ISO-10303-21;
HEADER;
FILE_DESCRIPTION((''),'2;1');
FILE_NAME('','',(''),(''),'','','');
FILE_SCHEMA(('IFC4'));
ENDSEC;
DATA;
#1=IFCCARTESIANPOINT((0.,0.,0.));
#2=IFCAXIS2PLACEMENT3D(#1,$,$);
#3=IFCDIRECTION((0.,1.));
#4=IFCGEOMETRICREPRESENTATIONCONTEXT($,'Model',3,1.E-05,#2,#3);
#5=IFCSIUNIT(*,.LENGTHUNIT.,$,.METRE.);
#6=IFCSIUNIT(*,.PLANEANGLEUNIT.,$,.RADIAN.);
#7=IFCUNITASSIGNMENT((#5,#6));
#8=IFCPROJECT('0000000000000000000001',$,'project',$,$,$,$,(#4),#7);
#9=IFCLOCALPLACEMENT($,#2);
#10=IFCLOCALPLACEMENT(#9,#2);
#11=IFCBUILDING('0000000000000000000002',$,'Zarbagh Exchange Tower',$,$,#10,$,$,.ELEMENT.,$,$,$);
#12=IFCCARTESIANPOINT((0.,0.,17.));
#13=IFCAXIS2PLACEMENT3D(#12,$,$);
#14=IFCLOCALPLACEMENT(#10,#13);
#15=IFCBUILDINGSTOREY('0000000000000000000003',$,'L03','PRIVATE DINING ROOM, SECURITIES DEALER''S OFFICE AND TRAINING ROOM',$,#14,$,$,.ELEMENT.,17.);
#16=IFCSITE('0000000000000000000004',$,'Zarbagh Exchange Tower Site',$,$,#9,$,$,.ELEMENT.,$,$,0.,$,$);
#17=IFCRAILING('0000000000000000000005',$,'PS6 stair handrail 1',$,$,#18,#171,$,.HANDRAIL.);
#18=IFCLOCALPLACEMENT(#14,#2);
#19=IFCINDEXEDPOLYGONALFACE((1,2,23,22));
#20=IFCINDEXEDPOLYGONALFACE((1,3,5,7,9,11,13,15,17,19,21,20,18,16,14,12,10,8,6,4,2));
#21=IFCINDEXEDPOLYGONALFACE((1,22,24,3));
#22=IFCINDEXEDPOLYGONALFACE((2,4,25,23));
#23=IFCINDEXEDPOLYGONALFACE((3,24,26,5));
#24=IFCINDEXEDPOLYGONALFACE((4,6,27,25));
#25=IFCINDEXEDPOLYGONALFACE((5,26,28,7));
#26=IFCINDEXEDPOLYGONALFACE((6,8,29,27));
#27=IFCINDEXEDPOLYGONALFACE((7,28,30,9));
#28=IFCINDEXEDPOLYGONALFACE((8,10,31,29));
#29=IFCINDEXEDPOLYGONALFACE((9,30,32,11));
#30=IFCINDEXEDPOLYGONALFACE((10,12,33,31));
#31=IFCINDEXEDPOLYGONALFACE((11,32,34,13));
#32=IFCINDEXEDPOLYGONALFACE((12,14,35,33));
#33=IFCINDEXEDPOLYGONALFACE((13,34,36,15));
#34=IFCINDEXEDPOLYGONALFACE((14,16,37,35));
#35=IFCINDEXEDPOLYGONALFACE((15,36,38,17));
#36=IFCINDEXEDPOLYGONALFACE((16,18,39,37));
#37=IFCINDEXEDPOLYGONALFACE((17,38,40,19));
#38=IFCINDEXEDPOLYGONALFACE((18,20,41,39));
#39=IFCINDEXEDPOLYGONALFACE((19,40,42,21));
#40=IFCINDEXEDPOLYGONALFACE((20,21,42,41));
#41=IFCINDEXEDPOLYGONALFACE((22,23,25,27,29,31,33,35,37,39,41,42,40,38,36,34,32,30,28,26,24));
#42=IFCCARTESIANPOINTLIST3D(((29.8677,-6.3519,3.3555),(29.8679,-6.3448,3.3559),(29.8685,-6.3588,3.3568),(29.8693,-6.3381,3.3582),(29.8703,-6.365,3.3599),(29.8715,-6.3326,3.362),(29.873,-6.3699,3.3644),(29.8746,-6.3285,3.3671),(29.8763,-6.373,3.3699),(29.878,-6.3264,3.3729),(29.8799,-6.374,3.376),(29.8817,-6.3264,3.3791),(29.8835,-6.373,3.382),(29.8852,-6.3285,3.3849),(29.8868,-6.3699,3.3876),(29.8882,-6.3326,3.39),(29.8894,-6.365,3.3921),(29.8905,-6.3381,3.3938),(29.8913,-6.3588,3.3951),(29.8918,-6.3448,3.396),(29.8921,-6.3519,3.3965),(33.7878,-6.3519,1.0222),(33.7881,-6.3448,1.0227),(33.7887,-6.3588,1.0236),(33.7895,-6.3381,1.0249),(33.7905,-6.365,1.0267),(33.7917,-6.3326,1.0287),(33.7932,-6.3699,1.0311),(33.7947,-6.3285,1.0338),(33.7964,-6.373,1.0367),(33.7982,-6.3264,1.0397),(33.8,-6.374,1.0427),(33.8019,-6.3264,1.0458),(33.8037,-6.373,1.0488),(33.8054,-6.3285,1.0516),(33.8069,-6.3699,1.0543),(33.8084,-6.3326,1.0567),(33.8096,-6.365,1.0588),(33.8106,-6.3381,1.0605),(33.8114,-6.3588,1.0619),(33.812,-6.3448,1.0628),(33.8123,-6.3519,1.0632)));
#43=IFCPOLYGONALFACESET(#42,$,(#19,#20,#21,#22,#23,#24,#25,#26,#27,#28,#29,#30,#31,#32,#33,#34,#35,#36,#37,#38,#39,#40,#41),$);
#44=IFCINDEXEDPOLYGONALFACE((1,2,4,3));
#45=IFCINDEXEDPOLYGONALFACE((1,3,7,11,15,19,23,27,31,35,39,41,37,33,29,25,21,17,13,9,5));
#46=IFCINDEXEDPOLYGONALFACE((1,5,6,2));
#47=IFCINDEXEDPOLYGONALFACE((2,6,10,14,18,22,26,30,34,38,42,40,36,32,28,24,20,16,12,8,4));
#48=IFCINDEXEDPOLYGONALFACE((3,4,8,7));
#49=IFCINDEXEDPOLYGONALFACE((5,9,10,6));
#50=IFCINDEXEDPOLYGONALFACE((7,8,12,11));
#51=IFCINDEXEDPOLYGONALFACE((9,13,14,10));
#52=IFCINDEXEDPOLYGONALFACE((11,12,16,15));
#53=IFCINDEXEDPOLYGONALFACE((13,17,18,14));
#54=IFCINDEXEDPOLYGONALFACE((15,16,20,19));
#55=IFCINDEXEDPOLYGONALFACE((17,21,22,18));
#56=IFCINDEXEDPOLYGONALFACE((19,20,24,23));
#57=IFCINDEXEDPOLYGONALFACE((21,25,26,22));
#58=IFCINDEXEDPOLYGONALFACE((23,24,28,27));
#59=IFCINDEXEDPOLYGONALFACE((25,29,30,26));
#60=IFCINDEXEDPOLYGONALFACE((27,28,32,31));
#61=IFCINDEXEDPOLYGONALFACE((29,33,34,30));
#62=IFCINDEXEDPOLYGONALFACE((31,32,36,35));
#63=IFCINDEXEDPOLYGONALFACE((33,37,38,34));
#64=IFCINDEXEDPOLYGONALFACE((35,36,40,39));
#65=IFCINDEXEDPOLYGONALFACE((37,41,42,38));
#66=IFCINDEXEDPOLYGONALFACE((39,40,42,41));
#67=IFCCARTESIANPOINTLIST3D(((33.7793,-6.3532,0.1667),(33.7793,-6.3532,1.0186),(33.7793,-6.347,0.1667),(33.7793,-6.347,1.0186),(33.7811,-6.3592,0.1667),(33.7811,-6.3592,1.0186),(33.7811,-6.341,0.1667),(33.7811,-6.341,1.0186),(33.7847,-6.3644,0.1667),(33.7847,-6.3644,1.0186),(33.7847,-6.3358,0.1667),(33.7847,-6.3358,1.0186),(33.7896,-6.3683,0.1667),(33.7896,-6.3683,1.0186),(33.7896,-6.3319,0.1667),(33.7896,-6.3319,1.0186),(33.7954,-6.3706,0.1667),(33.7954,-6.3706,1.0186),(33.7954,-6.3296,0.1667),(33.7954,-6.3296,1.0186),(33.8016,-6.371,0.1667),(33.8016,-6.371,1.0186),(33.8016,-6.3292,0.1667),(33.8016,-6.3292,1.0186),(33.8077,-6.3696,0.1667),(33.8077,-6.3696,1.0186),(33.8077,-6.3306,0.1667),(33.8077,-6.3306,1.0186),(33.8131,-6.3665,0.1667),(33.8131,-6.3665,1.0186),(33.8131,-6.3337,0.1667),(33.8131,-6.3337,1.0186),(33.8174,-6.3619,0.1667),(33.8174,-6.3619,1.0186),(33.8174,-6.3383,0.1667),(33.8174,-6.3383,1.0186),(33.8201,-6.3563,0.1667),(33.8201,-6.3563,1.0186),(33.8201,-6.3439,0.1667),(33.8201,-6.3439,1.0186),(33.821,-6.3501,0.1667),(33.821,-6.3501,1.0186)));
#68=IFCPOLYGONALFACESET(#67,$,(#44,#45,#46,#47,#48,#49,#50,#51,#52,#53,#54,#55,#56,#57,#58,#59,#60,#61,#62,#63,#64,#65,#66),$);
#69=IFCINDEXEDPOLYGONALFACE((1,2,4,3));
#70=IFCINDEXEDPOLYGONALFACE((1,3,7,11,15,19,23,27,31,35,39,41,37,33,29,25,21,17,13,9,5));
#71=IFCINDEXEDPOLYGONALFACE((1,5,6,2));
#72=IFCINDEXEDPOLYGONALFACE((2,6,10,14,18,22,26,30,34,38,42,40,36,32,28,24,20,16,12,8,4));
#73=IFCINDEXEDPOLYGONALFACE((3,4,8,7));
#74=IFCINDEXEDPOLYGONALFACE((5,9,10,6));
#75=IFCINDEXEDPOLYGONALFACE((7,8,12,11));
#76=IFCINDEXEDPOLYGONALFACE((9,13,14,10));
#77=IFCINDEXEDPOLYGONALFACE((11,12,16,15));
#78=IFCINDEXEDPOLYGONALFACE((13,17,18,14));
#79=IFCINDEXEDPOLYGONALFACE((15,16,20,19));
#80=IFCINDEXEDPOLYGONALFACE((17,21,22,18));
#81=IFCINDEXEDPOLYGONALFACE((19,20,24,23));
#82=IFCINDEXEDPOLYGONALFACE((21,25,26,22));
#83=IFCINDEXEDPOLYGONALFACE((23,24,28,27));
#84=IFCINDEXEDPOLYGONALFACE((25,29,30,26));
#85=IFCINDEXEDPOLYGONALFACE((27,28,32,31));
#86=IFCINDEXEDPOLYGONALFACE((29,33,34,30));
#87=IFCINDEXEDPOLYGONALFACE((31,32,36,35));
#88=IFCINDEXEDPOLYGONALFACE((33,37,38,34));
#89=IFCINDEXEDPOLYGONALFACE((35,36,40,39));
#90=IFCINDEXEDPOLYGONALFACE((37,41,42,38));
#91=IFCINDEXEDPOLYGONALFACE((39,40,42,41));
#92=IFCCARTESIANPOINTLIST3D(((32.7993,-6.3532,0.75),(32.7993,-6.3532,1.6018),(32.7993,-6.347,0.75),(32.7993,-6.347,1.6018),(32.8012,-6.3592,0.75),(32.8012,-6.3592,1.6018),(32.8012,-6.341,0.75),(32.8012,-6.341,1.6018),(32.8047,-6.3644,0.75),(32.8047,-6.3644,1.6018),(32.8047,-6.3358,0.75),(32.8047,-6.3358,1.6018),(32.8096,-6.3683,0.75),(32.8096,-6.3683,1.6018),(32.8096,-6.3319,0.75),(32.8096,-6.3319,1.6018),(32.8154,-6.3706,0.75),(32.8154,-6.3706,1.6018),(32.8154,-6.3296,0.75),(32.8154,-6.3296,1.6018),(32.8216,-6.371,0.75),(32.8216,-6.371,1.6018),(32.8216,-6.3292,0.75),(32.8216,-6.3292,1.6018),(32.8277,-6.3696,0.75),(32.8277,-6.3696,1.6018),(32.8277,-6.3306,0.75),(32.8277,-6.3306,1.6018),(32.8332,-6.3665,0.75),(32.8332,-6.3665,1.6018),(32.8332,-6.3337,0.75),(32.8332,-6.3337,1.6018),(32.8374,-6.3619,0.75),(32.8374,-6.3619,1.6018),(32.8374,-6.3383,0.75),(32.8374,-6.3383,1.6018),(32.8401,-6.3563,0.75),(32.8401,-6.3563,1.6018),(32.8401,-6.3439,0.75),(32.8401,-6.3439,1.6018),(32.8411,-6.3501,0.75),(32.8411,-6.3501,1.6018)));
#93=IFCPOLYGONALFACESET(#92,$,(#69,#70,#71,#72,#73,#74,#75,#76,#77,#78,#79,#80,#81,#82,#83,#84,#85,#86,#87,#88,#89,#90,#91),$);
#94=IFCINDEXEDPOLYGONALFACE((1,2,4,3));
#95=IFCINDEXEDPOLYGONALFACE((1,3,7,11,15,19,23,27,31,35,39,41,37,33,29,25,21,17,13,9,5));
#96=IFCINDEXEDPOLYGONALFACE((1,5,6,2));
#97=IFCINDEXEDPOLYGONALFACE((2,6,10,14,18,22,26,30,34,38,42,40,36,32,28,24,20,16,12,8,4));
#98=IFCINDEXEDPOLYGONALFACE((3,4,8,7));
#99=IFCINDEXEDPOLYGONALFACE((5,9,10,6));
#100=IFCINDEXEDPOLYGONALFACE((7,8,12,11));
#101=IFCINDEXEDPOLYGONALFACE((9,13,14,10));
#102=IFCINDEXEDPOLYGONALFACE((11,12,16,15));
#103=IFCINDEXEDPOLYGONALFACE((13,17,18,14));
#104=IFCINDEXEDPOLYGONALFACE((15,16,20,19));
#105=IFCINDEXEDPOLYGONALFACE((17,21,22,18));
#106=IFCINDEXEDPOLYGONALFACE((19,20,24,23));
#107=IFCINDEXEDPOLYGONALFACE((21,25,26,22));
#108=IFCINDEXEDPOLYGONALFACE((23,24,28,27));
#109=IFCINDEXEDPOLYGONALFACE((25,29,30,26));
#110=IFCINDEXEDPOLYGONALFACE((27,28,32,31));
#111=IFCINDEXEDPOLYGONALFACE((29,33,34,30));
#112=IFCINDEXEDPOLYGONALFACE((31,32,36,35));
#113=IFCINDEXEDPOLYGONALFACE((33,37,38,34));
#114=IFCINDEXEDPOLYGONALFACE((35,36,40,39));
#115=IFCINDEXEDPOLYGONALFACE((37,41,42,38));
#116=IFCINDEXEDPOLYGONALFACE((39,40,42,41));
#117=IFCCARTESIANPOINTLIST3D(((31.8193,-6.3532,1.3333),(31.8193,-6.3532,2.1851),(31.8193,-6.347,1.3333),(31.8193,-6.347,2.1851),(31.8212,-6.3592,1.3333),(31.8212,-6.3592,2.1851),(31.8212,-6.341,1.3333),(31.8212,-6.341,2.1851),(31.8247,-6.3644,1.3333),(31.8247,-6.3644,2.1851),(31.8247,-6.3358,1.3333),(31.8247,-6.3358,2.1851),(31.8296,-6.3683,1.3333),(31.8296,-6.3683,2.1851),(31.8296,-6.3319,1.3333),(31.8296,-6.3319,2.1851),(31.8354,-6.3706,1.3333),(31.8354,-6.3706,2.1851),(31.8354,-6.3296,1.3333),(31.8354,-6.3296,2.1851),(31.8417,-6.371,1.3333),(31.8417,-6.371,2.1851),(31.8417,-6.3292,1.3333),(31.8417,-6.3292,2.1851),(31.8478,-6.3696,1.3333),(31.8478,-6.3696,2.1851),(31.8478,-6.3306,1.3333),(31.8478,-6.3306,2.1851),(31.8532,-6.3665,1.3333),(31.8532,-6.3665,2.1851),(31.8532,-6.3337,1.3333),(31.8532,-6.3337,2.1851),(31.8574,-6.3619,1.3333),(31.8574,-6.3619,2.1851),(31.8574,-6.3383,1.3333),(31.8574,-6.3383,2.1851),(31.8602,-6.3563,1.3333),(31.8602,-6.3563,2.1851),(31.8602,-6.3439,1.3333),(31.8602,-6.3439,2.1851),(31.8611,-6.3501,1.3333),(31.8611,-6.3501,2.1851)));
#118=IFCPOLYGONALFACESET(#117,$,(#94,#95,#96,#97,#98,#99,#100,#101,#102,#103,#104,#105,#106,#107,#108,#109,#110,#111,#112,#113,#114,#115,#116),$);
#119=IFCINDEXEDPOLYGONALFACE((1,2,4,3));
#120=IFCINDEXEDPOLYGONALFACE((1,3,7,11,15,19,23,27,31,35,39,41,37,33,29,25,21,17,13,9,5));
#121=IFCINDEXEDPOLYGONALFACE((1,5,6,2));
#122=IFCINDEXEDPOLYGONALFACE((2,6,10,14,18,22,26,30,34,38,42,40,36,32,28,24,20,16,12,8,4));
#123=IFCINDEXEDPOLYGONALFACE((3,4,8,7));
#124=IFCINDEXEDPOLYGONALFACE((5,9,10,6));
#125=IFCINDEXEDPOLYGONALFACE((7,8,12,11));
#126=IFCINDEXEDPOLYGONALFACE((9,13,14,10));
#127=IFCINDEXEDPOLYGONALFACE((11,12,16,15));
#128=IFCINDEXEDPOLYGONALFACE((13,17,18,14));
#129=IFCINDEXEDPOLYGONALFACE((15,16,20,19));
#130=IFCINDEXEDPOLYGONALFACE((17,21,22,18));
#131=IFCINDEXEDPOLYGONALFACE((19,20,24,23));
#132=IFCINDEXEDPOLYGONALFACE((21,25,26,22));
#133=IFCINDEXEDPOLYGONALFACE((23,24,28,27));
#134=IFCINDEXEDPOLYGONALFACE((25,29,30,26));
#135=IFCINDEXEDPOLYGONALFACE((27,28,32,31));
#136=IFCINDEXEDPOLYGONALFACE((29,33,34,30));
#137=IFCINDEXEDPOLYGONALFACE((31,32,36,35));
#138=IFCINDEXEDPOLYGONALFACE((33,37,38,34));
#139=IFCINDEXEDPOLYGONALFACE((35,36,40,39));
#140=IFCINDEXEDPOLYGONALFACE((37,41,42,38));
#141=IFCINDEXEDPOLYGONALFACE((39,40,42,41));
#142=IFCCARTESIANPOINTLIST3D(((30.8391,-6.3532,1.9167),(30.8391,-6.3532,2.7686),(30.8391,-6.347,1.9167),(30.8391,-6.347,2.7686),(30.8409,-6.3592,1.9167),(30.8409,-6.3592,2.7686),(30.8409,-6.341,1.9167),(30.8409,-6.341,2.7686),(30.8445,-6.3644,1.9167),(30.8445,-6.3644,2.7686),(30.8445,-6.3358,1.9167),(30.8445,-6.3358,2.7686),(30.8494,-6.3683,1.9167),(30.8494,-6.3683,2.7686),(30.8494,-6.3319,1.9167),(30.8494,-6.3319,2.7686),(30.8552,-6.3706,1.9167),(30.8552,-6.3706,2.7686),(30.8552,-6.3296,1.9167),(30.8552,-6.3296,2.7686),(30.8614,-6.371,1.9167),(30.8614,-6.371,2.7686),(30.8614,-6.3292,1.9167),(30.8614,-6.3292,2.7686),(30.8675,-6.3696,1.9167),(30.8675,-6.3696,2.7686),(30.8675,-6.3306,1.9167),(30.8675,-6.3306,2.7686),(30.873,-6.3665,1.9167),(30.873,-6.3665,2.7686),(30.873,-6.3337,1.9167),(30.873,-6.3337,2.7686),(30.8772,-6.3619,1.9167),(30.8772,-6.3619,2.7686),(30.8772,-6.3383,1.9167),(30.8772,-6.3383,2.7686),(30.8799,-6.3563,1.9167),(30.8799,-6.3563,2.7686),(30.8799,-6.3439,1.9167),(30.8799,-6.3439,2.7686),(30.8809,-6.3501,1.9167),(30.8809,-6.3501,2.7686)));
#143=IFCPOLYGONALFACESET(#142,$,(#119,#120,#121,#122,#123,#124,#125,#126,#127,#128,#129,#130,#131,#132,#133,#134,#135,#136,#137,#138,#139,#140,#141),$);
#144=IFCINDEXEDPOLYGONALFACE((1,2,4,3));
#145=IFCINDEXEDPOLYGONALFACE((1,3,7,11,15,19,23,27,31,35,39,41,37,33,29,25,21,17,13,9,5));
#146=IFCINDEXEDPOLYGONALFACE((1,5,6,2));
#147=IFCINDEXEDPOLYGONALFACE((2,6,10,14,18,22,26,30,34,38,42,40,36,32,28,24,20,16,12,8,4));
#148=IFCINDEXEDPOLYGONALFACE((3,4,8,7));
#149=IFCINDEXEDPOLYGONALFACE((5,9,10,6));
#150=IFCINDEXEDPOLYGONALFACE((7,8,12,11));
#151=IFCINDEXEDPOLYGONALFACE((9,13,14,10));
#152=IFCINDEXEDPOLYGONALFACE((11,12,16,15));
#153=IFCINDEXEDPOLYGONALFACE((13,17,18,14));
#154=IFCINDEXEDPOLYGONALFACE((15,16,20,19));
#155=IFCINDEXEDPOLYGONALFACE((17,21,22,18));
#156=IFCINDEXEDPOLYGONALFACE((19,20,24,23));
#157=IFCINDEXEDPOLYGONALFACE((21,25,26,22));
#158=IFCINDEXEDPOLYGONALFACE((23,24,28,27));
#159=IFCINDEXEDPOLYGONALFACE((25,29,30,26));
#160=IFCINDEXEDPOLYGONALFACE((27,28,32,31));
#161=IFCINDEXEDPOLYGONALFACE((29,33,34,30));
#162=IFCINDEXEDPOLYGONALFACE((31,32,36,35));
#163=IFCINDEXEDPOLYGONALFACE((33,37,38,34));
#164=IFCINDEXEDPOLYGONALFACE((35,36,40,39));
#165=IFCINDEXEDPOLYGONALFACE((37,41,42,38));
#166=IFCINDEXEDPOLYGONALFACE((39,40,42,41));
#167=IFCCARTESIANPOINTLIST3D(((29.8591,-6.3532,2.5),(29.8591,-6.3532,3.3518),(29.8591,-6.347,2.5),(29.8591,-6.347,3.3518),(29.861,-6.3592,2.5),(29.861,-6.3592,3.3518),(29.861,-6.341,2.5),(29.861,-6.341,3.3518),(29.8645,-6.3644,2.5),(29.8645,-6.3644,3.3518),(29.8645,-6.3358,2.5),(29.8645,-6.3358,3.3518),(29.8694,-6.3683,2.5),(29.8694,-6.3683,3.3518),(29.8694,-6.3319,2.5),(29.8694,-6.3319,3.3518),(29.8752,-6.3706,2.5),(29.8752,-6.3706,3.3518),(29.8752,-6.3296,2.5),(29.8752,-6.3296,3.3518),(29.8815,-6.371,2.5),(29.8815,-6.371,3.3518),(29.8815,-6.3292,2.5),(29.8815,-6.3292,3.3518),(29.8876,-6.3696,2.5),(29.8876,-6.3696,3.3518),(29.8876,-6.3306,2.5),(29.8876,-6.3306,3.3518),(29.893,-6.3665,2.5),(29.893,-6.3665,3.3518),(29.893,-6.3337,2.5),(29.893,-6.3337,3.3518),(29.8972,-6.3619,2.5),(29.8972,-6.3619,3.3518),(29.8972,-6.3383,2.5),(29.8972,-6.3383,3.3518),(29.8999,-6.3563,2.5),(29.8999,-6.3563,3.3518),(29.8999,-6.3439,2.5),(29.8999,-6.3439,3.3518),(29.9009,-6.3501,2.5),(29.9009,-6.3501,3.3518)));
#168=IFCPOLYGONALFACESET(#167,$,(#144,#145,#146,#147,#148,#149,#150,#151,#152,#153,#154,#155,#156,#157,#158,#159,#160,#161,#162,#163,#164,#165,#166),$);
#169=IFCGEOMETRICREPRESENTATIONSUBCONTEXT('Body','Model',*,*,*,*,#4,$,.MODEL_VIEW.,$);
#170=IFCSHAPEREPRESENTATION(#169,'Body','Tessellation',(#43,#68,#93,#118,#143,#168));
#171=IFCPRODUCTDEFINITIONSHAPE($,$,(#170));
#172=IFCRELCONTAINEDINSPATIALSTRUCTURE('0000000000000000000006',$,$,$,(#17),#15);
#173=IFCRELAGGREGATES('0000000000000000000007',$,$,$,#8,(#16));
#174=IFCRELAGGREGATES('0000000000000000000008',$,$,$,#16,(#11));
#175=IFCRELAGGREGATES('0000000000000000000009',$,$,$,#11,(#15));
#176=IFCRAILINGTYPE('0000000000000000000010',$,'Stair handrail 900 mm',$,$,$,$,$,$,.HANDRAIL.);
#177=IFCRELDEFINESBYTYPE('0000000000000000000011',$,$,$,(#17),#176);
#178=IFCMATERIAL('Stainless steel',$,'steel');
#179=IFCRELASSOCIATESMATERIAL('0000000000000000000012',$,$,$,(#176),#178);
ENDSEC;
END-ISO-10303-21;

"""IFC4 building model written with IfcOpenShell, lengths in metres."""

from ifc_helpers import new_model, si_unit, direction, frame, origin, origin_2d, place, context, subcontext, project, spatial, circle, extrude, material, type_object, element, save


model = new_model("IFC4")

# Units and contexts
model_context = context("Model", 3, precision=1e-05, world=origin(), true_north=direction((0.0, 1.0)))
body_context = subcontext(model_context, "Body", "Model", "MODEL_VIEW")
ifc_project = project(units=[si_unit("LENGTHUNIT", "METRE"), si_unit("PLANEANGLEUNIT", "RADIAN")], contexts=[model_context])

# Site, building, storey
site_placement = place(None, origin())
site = spatial("IfcSite", under=ifc_project, at=site_placement, Name="Zarbagh Exchange Tower Site", CompositionType="ELEMENT", RefElevation=0.0)
building_placement = place(site_placement, origin())
building = spatial("IfcBuilding", under=site, at=building_placement, Name="Zarbagh Exchange Tower", CompositionType="ELEMENT")
storey_placement = place(building_placement, frame((0.0, 0.0, 17.0)))
storey = spatial("IfcBuildingStorey", under=building, at=storey_placement, Name="L03", Description="PRIVATE DINING ROOM, SECURITIES DEALER'S OFFICE AND TRAINING ROOM", CompositionType="ELEMENT", Elevation=17.0)

# Railing
ifc_material_1 = material(Name="Stainless steel", Category="steel")
railing_type_1 = type_object("IfcRailingType", Name="Stair handrail 900 mm", PredefinedType="HANDRAIL", material=ifc_material_1)
railing_1_placement = place(storey_placement, frame((33.8, -6.3501, 0.1667)))
element("IfcRailing", 1, at=railing_1_placement, inside=storey, type_object=railing_type_1, Name="PS6 stair handrail 1", PredefinedType="HANDRAIL", context=body_context, shape_type="SweptSolid", body=[
    extrude(circle(Radius=0.0239, at=origin_2d()), frame((0.0, 0.0, 0.876), z_axis=(-0.85931, 0.0, 0.511455), x_axis=(0.0, -1.0, 0.0)), (0.0, 0.0, 1.0), 4.562),
    extrude(circle(Radius=0.021, at=origin_2d()), origin(), (0.0, 0.0, 1.0), 0.8518),
    extrude(circle(Radius=0.021, at=origin_2d()), frame((-0.98, 0.0, 0.5833)), (0.0, 0.0, 1.0), 0.8518),
    extrude(circle(Radius=0.021, at=origin_2d()), frame((-1.96, 0.0, 1.1665)), (0.0, 0.0, 1.0), 0.8518),
    extrude(circle(Radius=0.021, at=origin_2d()), frame((-2.9402, 0.0, 1.75)), (0.0, 0.0, 1.0), 0.8518),
    extrude(circle(Radius=0.021, at=origin_2d()), frame((-3.9202, 0.0, 2.3333)), (0.0, 0.0, 1.0), 0.8518),
])

save(model, "model.ifc")
